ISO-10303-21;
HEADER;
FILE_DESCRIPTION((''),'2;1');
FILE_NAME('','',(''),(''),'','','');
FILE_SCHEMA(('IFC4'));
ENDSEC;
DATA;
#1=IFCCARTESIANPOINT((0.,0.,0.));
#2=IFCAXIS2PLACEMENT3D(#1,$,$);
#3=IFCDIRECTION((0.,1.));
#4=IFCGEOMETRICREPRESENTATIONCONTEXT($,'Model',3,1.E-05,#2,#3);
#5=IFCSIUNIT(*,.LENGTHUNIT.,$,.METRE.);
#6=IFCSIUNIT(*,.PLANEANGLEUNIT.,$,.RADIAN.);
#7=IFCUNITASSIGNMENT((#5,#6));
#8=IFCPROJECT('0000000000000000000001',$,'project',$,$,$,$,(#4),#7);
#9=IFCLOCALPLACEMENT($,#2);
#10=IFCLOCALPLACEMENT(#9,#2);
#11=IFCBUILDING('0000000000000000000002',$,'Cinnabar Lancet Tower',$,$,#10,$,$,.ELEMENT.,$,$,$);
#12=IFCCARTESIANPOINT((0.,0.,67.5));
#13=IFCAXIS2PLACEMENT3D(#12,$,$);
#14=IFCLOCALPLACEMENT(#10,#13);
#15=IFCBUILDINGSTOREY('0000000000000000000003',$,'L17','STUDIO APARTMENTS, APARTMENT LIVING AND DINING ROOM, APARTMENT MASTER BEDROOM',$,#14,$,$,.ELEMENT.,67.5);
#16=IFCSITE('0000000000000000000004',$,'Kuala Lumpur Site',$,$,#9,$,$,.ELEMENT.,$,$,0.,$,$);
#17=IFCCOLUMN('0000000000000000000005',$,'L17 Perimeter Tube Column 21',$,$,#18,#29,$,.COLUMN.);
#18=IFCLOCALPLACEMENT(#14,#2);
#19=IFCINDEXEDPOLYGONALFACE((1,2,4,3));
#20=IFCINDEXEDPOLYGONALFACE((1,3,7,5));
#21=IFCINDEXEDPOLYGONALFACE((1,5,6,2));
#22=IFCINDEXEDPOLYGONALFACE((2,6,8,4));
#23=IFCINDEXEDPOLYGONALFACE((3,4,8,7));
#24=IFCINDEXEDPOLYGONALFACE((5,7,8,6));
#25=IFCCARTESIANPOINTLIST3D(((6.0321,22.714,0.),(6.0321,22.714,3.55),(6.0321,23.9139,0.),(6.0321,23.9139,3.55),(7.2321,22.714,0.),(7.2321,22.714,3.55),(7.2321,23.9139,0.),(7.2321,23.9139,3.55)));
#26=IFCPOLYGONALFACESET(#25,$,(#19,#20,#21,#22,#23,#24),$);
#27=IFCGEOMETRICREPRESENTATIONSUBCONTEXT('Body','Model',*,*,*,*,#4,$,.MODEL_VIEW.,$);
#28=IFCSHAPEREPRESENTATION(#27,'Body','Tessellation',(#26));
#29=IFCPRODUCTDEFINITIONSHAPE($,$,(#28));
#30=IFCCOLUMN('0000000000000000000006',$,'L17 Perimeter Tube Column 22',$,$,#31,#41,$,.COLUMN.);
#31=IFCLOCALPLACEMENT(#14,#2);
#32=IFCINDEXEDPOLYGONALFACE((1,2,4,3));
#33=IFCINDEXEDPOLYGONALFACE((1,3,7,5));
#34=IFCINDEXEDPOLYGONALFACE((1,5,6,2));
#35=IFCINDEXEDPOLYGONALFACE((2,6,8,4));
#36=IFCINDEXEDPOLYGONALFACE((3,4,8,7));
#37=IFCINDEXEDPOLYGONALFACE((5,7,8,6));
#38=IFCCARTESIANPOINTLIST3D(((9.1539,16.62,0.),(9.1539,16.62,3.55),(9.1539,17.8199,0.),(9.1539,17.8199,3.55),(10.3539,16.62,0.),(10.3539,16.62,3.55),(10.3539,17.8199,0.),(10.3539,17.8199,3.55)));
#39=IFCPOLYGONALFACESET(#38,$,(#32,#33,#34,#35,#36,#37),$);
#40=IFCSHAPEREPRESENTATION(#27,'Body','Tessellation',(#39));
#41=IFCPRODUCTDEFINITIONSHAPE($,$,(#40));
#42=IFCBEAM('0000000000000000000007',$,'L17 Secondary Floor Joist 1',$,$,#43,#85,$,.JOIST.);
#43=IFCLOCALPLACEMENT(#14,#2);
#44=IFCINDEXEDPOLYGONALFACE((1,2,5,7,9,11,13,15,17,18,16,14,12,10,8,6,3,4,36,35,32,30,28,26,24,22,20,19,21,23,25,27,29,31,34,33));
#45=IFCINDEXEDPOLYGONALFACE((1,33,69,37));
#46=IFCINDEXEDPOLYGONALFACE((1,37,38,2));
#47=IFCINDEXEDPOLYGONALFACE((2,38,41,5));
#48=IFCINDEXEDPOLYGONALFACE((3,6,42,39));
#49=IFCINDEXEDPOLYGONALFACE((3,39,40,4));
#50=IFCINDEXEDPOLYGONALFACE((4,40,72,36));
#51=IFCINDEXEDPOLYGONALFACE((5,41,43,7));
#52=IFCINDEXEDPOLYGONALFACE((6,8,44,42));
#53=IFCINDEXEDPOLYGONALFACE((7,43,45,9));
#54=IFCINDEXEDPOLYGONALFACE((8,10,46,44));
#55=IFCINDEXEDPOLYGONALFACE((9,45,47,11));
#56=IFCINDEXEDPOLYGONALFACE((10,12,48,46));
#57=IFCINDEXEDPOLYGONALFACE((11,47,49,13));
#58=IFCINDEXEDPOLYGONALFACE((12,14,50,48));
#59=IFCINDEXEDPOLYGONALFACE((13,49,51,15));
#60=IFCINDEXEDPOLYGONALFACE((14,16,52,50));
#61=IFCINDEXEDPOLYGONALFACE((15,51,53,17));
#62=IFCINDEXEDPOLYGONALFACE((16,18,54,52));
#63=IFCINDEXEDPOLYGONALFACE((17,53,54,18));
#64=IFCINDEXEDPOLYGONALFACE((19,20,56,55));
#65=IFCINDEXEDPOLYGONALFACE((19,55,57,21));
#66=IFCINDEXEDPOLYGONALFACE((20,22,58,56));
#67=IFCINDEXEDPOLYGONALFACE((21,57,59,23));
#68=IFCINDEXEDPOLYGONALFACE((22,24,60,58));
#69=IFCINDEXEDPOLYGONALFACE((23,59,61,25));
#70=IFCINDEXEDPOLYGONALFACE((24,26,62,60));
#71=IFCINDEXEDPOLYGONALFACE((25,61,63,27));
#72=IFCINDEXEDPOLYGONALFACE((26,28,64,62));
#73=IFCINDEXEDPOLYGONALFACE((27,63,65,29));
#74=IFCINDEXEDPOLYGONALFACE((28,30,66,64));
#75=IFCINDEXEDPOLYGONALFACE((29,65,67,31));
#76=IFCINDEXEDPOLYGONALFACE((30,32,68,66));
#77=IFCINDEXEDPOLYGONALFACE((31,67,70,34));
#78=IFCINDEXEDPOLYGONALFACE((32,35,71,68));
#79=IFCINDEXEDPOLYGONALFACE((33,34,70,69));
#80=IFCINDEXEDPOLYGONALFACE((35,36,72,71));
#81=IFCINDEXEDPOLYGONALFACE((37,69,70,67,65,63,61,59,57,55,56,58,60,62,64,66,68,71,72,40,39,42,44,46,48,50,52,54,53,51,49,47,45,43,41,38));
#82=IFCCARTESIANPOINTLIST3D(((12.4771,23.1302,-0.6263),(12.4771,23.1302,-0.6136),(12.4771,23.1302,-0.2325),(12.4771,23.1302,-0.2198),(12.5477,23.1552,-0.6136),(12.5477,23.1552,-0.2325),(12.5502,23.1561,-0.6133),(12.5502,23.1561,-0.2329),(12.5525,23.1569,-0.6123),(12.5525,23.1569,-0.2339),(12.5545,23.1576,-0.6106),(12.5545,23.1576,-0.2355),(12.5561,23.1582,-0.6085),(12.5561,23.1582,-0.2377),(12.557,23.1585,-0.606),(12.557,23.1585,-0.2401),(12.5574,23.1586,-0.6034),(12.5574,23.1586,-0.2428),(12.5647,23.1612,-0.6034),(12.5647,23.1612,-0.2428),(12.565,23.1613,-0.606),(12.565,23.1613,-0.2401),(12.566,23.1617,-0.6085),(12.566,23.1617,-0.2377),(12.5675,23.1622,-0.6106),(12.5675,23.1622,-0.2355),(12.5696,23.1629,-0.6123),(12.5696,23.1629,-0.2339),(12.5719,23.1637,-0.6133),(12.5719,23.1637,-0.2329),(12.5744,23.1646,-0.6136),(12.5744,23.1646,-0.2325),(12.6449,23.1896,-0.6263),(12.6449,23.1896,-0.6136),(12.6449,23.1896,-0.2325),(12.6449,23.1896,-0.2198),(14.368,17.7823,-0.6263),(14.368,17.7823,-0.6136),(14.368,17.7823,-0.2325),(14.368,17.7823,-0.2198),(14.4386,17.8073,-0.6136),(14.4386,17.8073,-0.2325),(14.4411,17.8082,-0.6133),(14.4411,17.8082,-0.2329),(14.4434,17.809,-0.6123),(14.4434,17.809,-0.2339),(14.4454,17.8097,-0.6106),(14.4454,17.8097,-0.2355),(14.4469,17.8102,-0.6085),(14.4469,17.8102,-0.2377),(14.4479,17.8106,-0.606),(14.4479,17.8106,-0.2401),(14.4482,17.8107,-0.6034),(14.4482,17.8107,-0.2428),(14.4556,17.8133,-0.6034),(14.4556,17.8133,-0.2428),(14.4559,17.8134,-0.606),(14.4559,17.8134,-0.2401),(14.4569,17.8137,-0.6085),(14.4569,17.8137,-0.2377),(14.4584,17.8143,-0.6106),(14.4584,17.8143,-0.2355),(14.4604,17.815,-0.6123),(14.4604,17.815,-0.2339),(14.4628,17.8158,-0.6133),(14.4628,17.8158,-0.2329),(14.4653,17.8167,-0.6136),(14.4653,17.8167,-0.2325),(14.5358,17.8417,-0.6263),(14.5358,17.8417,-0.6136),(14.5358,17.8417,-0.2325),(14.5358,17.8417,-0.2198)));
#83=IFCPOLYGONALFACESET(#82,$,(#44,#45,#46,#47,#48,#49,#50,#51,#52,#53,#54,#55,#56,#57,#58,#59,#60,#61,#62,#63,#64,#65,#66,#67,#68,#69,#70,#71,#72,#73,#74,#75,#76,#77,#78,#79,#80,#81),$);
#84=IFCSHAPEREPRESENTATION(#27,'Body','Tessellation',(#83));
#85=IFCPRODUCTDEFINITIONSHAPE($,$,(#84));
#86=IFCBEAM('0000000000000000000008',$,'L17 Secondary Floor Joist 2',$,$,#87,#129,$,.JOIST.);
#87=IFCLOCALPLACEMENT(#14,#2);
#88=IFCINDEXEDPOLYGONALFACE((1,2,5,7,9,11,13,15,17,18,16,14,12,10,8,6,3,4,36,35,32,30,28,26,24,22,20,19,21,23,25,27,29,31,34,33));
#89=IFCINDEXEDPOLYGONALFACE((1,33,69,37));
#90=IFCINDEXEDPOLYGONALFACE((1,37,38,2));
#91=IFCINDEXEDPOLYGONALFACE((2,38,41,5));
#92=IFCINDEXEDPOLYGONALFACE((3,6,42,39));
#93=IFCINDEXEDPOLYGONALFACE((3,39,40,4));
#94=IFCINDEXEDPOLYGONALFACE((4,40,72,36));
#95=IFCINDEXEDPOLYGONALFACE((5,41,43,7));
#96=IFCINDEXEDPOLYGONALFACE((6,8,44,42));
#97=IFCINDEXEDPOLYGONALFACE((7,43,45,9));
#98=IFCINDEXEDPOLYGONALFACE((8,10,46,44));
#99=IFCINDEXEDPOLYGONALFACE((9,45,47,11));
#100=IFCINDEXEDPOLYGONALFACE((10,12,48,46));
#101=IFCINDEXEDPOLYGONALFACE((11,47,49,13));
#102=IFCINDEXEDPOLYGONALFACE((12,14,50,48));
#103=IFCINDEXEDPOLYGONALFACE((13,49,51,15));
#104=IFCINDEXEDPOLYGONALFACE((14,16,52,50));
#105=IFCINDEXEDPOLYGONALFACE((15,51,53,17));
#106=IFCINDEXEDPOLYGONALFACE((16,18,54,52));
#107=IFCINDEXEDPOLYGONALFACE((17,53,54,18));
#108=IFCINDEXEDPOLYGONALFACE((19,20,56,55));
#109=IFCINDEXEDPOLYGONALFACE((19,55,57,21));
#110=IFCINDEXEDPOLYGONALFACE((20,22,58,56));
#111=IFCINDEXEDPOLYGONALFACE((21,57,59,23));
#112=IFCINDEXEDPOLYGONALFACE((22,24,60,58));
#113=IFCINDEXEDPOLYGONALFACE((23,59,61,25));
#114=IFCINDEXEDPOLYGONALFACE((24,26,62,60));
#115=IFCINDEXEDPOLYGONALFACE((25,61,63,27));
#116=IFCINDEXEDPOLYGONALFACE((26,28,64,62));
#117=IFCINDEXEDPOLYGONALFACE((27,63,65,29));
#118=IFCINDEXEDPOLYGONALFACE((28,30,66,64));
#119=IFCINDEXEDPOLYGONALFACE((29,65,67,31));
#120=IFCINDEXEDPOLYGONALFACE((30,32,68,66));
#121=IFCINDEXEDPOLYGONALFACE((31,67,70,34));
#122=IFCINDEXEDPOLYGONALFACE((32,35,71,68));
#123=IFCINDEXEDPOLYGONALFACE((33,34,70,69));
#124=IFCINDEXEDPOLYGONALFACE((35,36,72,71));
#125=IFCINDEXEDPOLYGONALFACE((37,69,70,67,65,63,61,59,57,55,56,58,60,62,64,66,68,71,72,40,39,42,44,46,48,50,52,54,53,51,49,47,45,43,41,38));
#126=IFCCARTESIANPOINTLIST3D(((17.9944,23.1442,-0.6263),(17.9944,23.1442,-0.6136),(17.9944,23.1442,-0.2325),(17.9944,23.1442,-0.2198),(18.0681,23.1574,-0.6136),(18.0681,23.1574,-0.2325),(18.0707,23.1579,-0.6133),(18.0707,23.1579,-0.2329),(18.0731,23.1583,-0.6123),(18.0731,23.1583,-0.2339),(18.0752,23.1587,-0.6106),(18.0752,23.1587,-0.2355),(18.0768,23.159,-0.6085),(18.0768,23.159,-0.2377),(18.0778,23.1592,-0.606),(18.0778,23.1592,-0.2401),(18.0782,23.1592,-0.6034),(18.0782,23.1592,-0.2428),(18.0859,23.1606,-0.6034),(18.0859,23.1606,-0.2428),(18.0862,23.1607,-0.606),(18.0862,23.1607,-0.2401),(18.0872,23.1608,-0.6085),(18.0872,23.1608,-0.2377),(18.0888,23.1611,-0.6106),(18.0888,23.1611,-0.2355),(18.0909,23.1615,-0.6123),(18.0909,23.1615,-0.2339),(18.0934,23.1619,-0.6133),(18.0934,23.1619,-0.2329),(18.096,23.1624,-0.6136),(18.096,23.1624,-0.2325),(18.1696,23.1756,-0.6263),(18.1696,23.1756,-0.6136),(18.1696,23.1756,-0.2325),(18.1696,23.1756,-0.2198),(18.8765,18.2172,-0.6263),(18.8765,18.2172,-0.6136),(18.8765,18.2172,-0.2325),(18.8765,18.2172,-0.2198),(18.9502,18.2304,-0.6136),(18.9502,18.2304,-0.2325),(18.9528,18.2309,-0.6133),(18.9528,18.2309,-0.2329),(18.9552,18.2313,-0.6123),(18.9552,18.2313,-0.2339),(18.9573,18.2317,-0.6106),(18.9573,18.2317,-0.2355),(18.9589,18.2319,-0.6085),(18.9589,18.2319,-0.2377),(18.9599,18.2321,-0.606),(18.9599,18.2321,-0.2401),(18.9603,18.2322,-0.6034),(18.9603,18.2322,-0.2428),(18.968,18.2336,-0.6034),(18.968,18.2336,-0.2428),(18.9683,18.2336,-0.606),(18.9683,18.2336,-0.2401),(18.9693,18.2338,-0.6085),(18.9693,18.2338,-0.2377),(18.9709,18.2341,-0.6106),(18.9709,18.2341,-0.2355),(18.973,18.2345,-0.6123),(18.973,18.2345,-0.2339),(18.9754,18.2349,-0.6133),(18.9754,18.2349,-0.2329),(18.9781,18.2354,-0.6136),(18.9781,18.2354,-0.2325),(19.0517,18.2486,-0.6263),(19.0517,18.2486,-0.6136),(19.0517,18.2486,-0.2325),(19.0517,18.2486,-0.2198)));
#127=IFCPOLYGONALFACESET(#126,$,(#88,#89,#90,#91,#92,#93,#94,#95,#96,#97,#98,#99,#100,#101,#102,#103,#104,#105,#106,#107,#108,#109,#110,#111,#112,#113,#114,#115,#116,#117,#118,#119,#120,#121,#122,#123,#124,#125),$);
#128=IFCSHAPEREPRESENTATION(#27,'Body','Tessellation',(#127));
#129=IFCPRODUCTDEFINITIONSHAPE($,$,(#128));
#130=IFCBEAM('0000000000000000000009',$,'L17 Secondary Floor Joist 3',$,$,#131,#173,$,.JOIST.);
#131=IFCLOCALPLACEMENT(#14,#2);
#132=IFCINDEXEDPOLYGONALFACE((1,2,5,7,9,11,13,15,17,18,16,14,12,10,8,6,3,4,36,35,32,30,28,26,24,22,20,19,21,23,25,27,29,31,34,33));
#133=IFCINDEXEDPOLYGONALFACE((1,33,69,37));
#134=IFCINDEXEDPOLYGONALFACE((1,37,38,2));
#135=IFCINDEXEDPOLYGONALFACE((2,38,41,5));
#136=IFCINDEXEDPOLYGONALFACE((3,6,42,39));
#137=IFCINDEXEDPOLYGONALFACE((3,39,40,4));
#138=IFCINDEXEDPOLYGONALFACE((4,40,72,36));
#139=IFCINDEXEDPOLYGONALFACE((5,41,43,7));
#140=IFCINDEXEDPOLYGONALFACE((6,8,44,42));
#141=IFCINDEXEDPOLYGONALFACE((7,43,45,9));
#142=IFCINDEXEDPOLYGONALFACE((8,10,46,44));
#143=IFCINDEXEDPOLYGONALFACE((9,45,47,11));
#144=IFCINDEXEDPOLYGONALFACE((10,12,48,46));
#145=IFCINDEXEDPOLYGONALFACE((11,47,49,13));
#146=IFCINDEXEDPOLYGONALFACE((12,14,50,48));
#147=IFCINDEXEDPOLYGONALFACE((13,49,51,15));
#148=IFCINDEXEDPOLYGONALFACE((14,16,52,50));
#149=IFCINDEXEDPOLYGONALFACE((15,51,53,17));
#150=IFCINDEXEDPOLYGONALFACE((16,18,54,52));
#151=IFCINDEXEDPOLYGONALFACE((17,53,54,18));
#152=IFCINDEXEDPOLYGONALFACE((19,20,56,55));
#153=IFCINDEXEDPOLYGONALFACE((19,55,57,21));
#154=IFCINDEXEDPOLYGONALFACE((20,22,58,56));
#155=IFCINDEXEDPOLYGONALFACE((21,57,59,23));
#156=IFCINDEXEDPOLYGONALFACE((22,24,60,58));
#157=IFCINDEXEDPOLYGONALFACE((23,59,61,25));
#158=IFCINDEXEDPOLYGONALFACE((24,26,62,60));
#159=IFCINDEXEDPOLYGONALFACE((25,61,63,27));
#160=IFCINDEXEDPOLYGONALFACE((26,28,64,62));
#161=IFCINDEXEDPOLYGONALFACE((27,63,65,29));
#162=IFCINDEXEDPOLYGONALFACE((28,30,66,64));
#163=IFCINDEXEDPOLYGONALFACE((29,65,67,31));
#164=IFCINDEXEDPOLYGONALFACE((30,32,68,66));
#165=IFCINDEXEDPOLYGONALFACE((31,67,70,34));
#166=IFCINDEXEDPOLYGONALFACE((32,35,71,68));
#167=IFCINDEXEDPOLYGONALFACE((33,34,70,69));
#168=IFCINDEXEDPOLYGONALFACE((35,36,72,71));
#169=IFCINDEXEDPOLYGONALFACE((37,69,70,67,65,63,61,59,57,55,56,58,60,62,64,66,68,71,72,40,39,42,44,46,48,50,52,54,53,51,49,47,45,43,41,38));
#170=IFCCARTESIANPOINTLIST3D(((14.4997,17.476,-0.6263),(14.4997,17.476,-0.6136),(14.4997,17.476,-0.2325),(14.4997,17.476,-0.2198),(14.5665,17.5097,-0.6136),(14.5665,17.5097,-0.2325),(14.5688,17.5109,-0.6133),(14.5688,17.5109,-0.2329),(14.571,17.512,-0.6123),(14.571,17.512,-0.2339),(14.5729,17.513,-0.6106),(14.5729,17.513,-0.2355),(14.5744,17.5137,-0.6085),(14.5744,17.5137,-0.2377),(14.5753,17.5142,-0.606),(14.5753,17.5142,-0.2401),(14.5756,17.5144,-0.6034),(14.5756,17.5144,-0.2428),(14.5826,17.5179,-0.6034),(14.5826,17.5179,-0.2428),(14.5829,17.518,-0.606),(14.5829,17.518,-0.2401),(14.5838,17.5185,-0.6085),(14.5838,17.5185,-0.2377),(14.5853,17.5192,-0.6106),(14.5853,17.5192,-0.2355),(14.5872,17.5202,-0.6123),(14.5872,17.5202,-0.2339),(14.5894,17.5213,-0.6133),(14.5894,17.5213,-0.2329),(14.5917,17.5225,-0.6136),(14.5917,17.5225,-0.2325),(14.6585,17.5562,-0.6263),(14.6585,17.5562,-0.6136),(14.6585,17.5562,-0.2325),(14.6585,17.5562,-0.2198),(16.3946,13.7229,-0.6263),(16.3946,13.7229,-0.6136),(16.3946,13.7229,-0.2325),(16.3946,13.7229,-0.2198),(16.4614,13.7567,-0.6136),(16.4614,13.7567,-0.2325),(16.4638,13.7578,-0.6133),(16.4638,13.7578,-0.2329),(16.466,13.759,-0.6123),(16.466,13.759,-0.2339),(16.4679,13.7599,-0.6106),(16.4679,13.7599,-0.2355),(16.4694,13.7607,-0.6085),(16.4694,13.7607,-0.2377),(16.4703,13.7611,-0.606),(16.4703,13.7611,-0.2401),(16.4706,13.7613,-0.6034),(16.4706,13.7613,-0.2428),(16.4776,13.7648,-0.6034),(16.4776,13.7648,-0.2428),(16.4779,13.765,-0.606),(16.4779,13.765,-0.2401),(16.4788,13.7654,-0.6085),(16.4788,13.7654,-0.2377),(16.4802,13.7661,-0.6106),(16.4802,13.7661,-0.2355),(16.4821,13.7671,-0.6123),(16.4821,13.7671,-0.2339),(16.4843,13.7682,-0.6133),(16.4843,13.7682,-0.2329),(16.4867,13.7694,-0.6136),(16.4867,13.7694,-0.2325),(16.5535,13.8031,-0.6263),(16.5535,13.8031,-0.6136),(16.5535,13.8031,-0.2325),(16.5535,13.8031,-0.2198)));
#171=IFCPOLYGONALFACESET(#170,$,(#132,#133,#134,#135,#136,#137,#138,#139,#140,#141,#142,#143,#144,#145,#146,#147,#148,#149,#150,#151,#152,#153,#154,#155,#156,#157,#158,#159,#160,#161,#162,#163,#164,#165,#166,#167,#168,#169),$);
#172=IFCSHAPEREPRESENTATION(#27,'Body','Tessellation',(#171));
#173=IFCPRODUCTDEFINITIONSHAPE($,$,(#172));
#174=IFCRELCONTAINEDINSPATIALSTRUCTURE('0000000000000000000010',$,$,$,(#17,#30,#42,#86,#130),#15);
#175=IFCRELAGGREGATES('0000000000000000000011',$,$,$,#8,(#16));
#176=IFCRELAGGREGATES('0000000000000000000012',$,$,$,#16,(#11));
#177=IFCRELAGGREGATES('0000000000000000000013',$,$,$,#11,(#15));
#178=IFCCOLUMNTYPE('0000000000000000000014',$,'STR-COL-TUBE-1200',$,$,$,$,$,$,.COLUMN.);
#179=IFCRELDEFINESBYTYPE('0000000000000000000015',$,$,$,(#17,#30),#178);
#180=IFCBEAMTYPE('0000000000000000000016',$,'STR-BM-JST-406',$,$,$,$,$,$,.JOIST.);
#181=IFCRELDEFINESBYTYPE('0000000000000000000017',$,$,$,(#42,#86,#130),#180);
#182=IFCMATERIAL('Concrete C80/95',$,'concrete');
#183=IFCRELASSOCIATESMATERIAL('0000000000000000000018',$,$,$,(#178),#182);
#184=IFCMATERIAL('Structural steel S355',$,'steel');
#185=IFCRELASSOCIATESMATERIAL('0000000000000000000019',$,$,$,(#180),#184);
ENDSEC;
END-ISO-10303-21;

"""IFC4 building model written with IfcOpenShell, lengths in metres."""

from ifc_helpers import new_model, si_unit, direction, frame, origin, origin_2d, place, context, subcontext, project, spatial, rectangle, i_section, extrude, material, material_profile, profile_set, type_object, element, save


model = new_model("IFC4")

# Units and contexts
model_context = context("Model", 3, precision=1e-05, world=origin(), true_north=direction((0.0, 1.0)))
body_context = subcontext(model_context, "Body", "Model", "MODEL_VIEW")
ifc_project = project(units=[si_unit("LENGTHUNIT", "METRE"), si_unit("PLANEANGLEUNIT", "RADIAN")], contexts=[model_context])

# Site, building, storey
site_placement = place(None, origin())
site = spatial("IfcSite", under=ifc_project, at=site_placement, Name="Kuala Lumpur Site", CompositionType="ELEMENT", RefElevation=0.0)
building_placement = place(site_placement, origin())
building = spatial("IfcBuilding", under=site, at=building_placement, Name="Cinnabar Lancet Tower", CompositionType="ELEMENT")
storey_placement = place(building_placement, frame((0.0, 0.0, 67.5)))
storey = spatial("IfcBuildingStorey", under=building, at=storey_placement, Name="L17", Description="STUDIO APARTMENTS, APARTMENT LIVING AND DINING ROOM, APARTMENT MASTER BEDROOM", CompositionType="ELEMENT", Elevation=67.5)

# Columns
ifc_material_1 = material(Name="Concrete C80/95", Category="concrete")
ifc_material_profile_1 = material_profile(ifc_material_1, rectangle(XDim=1.2, YDim=1.2, at=origin_2d()), Name="RC-COL 1200x1200")
ifc_profile_set_1 = profile_set([ifc_material_profile_1], Name="Concrete C80/95")
column_type = type_object("IfcColumnType", Name="STR-COL-TUBE-1200", PredefinedType="COLUMN", material=ifc_profile_set_1)
for number, where, z_axis, x_axis, name in (
    (1, (6.6321, 23.314, 0.0), (0.0, 0.0, 1.0), (1.0, 0.0, 0.0), "L17 Perimeter Tube Column 21"),
    (2, (9.7539, 17.22, 0.0), (0.0, 0.0, 1.0), (1.0, 0.0, 0.0), "L17 Perimeter Tube Column 22"),
):
    element("IfcColumn", number, at=place(storey_placement, frame(where, z_axis=z_axis, x_axis=x_axis)), inside=storey, type_object=column_type, Name=name, PredefinedType="COLUMN", context=body_context, shape_type="SweptSolid", body=[
        extrude(rectangle(XDim=1.2, YDim=1.2, at=origin_2d()), origin(), (0.0, 0.0, 1.0), 3.55),
    ])

# Beams
ifc_material_2 = material(Name="Structural steel S355", Category="steel")
ifc_material_profile_2 = material_profile(ifc_material_2, i_section(OverallWidth=0.178, OverallDepth=0.4065, WebThickness=0.0078, FlangeThickness=0.0127, FilletRadius=0.0103, at=origin_2d()), Name="UKB 406x178x60")
ifc_profile_set_2 = profile_set([ifc_material_profile_2], Name="Structural steel S355")
beam_type_1 = type_object("IfcBeamType", Name="STR-BM-JST-406", PredefinedType="JOIST", material=ifc_profile_set_2)
beam_1_placement = place(storey_placement, frame((12.561, 23.1599, -0.4231), z_axis=(0.333349, -0.942803, 0.0), x_axis=(0.942803, 0.333349, 0.0)))
element("IfcBeam", 3, at=beam_1_placement, inside=storey, type_object=beam_type_1, Name="L17 Secondary Floor Joist 1", PredefinedType="JOIST", context=body_context, shape_type="SweptSolid", body=[
    extrude(i_section(OverallWidth=0.178, OverallDepth=0.4065, WebThickness=0.0078, FlangeThickness=0.0127, FilletRadius=0.0103, at=origin_2d()), origin(), (0.0, 0.0, 1.0), 5.6724),
])
beam_2_placement = place(storey_placement, frame((18.082, 23.1599, -0.4231), z_axis=(0.176228, -0.984349, 0.0), x_axis=(0.984349, 0.176228, 0.0)))
element("IfcBeam", 4, at=beam_2_placement, inside=storey, type_object=beam_type_1, Name="L17 Secondary Floor Joist 2", PredefinedType="JOIST", context=body_context, shape_type="SweptSolid", body=[
    extrude(i_section(OverallWidth=0.178, OverallDepth=0.4065, WebThickness=0.0078, FlangeThickness=0.0127, FilletRadius=0.0103, at=origin_2d()), origin(), (0.0, 0.0, 1.0), 5.0054),
])
beam_3_placement = place(storey_placement, frame((14.5791, 17.5161, -0.4231), z_axis=(0.450717, -0.892667, 0.0), x_axis=(0.892667, 0.450717, 0.0)))
element("IfcBeam", 5, at=beam_3_placement, inside=storey, type_object=beam_type_1, Name="L17 Secondary Floor Joist 3", PredefinedType="JOIST", context=body_context, shape_type="SweptSolid", body=[
    extrude(i_section(OverallWidth=0.178, OverallDepth=0.4065, WebThickness=0.0078, FlangeThickness=0.0127, FilletRadius=0.0103, at=origin_2d()), origin(), (0.0, 0.0, 1.0), 4.2043),
])

save(model, "model.ifc")
